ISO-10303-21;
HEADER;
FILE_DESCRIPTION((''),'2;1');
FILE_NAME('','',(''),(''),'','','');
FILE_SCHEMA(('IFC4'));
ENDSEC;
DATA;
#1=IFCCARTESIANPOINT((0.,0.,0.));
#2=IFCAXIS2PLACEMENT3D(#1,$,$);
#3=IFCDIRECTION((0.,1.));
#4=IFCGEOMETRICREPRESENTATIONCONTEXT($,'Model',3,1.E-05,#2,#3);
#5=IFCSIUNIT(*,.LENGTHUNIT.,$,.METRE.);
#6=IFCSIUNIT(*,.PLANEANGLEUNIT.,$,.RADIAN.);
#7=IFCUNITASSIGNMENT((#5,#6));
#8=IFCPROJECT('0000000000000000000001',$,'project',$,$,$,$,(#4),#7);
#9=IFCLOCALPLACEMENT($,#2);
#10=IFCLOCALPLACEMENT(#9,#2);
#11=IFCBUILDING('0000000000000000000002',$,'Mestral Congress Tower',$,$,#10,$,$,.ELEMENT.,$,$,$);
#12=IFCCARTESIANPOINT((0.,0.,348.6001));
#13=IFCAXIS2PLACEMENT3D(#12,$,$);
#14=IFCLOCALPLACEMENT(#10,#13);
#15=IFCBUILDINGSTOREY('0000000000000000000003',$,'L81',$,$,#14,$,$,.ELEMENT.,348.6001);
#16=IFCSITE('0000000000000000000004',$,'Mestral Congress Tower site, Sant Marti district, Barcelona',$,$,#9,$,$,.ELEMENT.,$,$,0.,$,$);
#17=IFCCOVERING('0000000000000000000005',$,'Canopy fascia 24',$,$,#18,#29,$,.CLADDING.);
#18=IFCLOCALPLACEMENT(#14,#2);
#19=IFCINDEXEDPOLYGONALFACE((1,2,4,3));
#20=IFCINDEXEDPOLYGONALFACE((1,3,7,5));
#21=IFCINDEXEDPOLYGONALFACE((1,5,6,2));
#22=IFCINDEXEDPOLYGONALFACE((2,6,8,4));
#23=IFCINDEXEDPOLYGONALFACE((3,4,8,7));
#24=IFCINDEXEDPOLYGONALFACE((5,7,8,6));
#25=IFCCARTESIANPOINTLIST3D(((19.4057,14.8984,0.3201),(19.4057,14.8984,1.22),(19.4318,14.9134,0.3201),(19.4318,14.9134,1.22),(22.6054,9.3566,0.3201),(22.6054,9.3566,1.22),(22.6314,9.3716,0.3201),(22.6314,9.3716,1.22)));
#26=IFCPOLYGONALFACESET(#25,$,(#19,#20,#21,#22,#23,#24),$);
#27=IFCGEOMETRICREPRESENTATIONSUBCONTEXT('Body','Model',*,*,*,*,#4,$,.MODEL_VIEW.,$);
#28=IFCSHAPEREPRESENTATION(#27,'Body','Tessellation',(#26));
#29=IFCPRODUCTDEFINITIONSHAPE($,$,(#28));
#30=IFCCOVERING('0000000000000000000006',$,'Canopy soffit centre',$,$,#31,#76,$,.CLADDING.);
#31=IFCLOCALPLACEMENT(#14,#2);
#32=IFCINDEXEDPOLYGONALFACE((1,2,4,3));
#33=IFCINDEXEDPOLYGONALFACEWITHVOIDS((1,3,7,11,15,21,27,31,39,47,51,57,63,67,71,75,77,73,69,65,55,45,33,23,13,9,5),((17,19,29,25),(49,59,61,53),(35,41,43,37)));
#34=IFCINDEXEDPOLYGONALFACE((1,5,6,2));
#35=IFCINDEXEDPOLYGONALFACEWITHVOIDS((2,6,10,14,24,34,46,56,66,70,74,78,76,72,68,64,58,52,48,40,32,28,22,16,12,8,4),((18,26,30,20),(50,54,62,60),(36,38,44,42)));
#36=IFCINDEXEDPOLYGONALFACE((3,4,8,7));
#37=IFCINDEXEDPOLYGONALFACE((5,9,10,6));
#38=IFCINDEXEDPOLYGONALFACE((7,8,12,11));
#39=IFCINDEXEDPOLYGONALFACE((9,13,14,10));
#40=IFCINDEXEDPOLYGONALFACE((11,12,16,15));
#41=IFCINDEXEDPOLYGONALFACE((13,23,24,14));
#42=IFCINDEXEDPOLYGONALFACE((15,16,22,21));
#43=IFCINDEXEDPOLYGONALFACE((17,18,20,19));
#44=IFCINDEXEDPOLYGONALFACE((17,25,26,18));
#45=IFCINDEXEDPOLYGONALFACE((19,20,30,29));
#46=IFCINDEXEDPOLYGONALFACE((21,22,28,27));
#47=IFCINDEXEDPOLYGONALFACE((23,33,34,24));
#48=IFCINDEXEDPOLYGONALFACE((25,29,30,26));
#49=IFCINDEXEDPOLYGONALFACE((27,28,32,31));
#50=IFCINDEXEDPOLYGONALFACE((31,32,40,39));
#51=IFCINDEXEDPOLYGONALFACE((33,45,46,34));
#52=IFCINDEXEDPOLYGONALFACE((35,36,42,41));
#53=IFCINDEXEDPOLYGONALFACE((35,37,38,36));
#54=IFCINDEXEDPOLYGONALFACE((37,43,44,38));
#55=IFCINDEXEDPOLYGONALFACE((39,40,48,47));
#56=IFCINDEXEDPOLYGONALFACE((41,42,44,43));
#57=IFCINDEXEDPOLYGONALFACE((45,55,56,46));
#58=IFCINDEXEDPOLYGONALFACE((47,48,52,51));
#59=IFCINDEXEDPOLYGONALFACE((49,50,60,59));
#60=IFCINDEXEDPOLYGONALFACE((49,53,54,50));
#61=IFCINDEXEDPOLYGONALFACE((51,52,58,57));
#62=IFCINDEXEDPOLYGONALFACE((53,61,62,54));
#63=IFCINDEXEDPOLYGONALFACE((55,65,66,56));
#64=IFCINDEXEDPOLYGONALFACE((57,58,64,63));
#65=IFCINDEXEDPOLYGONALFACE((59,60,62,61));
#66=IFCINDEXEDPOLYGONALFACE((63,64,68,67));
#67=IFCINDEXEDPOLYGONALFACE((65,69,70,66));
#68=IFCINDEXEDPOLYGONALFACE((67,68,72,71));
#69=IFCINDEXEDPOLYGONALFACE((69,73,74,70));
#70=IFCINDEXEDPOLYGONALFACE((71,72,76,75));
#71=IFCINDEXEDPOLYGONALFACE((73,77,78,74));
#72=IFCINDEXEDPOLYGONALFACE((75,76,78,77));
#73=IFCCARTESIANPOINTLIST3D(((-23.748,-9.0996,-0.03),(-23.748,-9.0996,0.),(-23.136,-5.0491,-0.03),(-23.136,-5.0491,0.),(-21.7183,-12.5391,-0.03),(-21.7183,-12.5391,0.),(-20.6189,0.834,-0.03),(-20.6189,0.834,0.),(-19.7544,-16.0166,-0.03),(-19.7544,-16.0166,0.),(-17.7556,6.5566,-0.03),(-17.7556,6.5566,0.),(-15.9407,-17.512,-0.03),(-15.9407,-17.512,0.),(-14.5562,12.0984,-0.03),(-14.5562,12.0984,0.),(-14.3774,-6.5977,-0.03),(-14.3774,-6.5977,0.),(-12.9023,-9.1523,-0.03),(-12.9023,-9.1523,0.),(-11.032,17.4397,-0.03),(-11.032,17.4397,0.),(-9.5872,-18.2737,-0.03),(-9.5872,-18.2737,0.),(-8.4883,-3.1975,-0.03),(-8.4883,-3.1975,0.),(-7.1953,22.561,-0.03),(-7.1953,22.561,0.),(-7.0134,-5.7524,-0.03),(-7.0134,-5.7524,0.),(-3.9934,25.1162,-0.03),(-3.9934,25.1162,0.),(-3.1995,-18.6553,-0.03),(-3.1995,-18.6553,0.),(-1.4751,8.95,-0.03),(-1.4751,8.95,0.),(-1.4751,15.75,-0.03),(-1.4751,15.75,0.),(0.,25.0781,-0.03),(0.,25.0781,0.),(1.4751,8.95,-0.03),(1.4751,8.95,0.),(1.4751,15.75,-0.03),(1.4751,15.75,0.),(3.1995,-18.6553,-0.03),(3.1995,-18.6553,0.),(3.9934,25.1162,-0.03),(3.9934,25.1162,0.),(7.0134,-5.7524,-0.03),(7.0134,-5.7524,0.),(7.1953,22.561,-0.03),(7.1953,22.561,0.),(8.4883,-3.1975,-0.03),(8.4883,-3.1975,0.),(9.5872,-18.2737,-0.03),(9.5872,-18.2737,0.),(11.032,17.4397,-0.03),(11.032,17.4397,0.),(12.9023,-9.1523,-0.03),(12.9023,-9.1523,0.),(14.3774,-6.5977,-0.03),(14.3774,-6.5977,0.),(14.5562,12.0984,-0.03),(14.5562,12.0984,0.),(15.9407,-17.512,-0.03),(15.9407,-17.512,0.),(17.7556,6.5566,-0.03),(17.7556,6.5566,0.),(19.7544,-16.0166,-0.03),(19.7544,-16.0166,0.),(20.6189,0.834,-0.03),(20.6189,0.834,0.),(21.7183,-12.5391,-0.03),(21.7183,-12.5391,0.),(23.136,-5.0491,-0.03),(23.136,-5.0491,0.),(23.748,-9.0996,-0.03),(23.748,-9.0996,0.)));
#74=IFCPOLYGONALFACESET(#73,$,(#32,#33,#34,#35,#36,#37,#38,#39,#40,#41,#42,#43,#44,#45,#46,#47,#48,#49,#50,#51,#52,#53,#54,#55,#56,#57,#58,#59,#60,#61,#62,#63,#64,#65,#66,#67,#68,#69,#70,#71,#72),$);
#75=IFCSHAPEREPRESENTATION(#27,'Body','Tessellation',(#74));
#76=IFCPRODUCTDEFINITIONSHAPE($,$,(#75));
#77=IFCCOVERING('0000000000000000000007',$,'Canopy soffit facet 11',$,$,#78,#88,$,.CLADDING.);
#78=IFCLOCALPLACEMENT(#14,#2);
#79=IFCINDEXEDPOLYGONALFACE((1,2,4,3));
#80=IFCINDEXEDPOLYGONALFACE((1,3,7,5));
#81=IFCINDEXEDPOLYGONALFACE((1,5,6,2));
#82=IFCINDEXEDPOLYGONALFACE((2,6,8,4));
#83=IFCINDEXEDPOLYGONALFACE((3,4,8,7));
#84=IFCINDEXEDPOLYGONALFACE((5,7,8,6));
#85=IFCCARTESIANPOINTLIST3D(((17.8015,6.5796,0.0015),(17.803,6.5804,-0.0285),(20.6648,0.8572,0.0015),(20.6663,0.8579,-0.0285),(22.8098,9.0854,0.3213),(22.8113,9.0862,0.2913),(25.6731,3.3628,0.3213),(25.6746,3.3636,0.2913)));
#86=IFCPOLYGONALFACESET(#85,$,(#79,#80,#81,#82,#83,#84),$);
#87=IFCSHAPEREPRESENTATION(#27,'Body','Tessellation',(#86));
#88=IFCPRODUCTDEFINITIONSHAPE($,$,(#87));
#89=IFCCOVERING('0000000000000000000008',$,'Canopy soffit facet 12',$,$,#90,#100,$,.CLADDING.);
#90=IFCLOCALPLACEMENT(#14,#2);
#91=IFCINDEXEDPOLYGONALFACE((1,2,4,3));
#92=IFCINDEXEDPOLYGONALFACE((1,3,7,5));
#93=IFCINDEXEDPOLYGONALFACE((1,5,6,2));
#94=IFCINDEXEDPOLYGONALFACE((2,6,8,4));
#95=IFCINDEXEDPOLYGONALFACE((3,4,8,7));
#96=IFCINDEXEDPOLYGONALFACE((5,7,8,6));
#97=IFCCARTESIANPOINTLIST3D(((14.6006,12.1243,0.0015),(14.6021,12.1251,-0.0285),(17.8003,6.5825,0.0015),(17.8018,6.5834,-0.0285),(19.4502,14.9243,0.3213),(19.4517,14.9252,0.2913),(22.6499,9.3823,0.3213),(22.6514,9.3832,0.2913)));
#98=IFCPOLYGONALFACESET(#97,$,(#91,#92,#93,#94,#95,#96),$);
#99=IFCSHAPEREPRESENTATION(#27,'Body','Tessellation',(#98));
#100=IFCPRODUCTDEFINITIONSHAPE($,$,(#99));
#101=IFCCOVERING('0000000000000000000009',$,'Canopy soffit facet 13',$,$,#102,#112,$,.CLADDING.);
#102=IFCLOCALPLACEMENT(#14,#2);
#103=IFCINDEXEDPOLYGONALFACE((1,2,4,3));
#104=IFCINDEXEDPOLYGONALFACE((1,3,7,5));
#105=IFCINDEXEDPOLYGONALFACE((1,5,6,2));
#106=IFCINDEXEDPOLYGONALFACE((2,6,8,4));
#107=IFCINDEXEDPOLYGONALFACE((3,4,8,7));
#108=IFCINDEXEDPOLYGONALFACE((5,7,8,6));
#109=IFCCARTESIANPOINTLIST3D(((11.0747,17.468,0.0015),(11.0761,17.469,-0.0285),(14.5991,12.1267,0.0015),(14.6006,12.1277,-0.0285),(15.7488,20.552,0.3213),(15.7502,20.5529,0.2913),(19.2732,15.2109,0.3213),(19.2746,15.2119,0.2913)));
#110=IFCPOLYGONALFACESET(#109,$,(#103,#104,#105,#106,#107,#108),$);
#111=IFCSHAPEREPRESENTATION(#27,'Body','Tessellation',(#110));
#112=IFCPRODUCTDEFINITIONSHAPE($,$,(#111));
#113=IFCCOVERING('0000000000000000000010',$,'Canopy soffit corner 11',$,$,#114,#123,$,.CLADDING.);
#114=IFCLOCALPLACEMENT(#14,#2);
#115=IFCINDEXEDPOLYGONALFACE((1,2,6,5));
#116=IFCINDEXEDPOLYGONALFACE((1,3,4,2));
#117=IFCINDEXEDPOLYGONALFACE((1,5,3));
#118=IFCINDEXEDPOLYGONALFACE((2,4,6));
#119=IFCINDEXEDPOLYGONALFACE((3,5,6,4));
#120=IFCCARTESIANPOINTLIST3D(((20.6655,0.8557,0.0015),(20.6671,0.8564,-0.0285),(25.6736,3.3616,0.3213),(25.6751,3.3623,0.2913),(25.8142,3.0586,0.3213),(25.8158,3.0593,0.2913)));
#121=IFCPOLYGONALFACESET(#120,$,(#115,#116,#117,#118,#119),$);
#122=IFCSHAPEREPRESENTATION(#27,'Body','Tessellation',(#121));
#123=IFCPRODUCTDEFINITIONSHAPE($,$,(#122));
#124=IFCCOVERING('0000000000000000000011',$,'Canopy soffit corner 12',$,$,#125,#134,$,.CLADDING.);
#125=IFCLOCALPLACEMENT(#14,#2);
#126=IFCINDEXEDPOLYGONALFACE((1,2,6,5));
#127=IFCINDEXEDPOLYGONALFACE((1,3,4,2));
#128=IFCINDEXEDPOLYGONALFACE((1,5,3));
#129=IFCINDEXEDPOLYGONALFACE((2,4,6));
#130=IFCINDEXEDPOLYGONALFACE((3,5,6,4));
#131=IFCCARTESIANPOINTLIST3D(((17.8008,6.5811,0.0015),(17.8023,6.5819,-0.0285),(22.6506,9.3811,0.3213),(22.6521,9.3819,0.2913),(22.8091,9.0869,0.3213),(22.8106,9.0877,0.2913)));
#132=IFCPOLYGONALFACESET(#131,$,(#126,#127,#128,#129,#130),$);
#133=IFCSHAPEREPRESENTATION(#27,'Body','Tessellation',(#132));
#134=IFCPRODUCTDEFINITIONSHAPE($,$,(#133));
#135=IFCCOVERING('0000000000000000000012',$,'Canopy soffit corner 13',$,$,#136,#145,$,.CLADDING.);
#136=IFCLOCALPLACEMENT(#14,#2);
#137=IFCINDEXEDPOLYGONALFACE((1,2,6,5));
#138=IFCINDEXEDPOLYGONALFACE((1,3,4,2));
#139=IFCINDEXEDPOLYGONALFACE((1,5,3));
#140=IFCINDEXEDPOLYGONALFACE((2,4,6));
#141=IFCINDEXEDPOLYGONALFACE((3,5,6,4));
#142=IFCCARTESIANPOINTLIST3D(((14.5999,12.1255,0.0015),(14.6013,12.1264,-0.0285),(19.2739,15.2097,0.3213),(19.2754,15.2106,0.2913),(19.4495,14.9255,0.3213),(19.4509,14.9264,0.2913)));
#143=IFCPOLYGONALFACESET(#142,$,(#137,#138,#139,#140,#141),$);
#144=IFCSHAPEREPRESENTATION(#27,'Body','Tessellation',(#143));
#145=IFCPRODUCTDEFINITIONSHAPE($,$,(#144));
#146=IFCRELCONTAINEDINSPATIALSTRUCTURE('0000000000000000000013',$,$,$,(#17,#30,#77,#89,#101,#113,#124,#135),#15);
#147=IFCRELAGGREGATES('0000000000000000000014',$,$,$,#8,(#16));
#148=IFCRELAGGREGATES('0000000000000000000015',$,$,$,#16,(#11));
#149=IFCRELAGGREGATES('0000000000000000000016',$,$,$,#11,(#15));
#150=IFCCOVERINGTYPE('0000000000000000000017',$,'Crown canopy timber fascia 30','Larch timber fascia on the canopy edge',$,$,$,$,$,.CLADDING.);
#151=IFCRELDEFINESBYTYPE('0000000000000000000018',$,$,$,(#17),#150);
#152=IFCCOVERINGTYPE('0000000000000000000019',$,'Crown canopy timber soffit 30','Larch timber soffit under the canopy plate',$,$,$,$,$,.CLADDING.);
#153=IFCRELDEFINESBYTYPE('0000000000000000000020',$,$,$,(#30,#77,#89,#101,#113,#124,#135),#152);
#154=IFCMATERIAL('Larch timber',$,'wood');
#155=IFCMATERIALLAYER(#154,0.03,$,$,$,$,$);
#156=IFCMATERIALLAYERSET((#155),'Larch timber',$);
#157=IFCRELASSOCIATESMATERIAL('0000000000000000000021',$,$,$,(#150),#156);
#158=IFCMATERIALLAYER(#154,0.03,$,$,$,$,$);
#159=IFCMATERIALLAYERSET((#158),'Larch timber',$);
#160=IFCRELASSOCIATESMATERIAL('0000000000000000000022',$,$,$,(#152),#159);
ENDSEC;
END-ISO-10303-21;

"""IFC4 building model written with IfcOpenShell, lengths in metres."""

from ifc_helpers import new_model, si_unit, direction, frame, origin, origin_2d, place, context, subcontext, project, spatial, polyline, rectangle, outline, extrude, material, layer, layer_set, type_object, element, save


model = new_model("IFC4")

# Units and contexts
model_context = context("Model", 3, precision=1e-05, world=origin(), true_north=direction((0.0, 1.0)))
body_context = subcontext(model_context, "Body", "Model", "MODEL_VIEW")
ifc_project = project(units=[si_unit("LENGTHUNIT", "METRE"), si_unit("PLANEANGLEUNIT", "RADIAN")], contexts=[model_context])

# Site, building, storey
site_placement = place(None, origin())
site = spatial("IfcSite", under=ifc_project, at=site_placement, Name="Mestral Congress Tower site, Sant Marti district, Barcelona", CompositionType="ELEMENT", RefElevation=0.0)
building_placement = place(site_placement, origin())
building = spatial("IfcBuilding", under=site, at=building_placement, Name="Mestral Congress Tower", CompositionType="ELEMENT")
storey_placement = place(building_placement, frame((0.0, 0.0, 348.6001)))
storey = spatial("IfcBuildingStorey", under=building, at=storey_placement, Name="L81", CompositionType="ELEMENT", Elevation=348.6001)

# Coverings
ifc_material_1 = material(Name="Larch timber", Category="wood")
ifc_layer_1 = layer(ifc_material_1, 0.03)
ifc_layer_set_1 = layer_set([ifc_layer_1], Name="Larch timber")
covering_type_1 = type_object("IfcCoveringType", Name="Crown canopy timber fascia 30", Description="Larch timber fascia on the canopy edge", PredefinedType="CLADDING", material=ifc_layer_set_1)
covering_1_placement = place(storey_placement, frame((21.0186, 12.135, 0.3201), z_axis=(0.0, 0.0, 1.0), x_axis=(-0.500005, 0.866023, 0.0)))
element("IfcCovering", 1, at=covering_1_placement, inside=storey, type_object=covering_type_1, Name="Canopy fascia 24", PredefinedType="CLADDING", context=body_context, shape_type="SweptSolid", body=[
    extrude(rectangle(XDim=6.3992, YDim=0.03, at=origin_2d()), origin(), (0.0, 0.0, 1.0), 0.8999),
])
ifc_layer_2 = layer(ifc_material_1, 0.03)
ifc_layer_set_2 = layer_set([ifc_layer_2], Name="Larch timber")
covering_type_2 = type_object("IfcCoveringType", Name="Crown canopy timber soffit 30", Description="Larch timber soffit under the canopy plate", PredefinedType="CLADDING", material=ifc_layer_set_2)
covering_2_placement = place(storey_placement, frame((0.0, 0.0, -0.03)))
element("IfcCovering", 2, at=covering_2_placement, inside=storey, type_object=covering_type_2, Name="Canopy soffit centre", PredefinedType="CLADDING", context=body_context, shape_type="SweptSolid", body=[
    extrude(outline(polyline([(-15.9407, -17.512), (-9.5872, -18.2737), (-3.1995, -18.6553), (3.1995, -18.6553), (9.5872, -18.2737), (15.9407, -17.512), (19.7544, -16.0166), (21.7183, -12.5391), (23.748, -9.0996), (23.136, -5.0491), (20.6189, 0.834), (17.7556, 6.5566), (14.5562, 12.0984), (11.032, 17.4397), (7.1953, 22.561), (3.9934, 25.1162), (0.0, 25.0781), (-3.9934, 25.1162), (-7.1953, 22.561), (-11.032, 17.4397), (-14.5562, 12.0984), (-17.7556, 6.5566), (-20.6189, 0.834), (-23.136, -5.0491), (-23.748, -9.0996), (-21.7183, -12.5391), (-19.7544, -16.0166), (-15.9407, -17.512)]), holes=[polyline([(7.0134, -5.7524), (12.9023, -9.1523), (14.3774, -6.5977), (8.4883, -3.1975), (7.0134, -5.7524)]), polyline([(1.4751, 8.95), (1.4751, 15.75), (-1.4751, 15.75), (-1.4751, 8.95), (1.4751, 8.95)]), polyline([(-8.4883, -3.1975), (-14.3774, -6.5977), (-12.9023, -9.1523), (-7.0134, -5.7524), (-8.4883, -3.1975)])]), origin(), (0.0, 0.0, 1.0), 0.03),
])
covering_3_placement = place(storey_placement, frame((20.6648, 0.8572, 0.0015), z_axis=(-0.05099, -0.025513, 0.998373), x_axis=(-0.447473, 0.894297, 0.0)))
element("IfcCovering", 3, at=covering_3_placement, inside=storey, type_object=covering_type_2, Name="Canopy soffit facet 11", PredefinedType="CLADDING", context=body_context, shape_type="SweptSolid", body=[
    extrude(outline(polyline([(0.0, 0.0), (6.3988, 0.0), (6.3987, -5.6093), (-0.0003, -5.6092), (0.0, 0.0)])), origin(), (0.0, 0.0, -1.0), 0.03),
])
covering_4_placement = place(storey_placement, frame((17.8003, 6.5825, 0.0015), z_axis=(-0.04938, -0.028511, 0.998373), x_axis=(-0.500021, 0.866013, -0.000001)))
element("IfcCovering", 4, at=covering_4_placement, inside=storey, type_object=covering_type_2, Name="Canopy soffit facet 12", PredefinedType="CLADDING", context=body_context, shape_type="SweptSolid", body=[
    extrude(outline(polyline([(0.0, 0.0), (6.3991, 0.0), (6.3991, -5.609), (-0.0002, -5.6089), (0.0, 0.0)])), origin(), (0.0, 0.0, -1.0), 0.03),
])
covering_5_placement = place(storey_placement, frame((14.5991, 12.1267, 0.0015), z_axis=(-0.047592, -0.031404, 0.998373), x_axis=(-0.55075, 0.83467, 0.000001)))
element("IfcCovering", 5, at=covering_5_placement, inside=storey, type_object=covering_type_2, Name="Canopy soffit facet 13", PredefinedType="CLADDING", context=body_context, shape_type="SweptSolid", body=[
    extrude(outline(polyline([(0.0, 0.0), (6.3993, 0.0), (6.3992, -5.6089), (0.0001, -5.6091), (0.0, 0.0)])), origin(), (0.0, 0.0, -1.0), 0.03),
])
covering_6_placement = place(storey_placement, frame((20.6655, 0.8557, 0.0015), z_axis=(-0.051741, -0.024015, 0.998372), x_axis=(0.917888, 0.392722, 0.057017)))
element("IfcCovering", 6, at=covering_6_placement, inside=storey, type_object=covering_type_2, Name="Canopy soffit corner 11", PredefinedType="CLADDING", context=body_context, shape_type="SweptSolid", body=[
    extrude(outline(polyline([(0.0, 0.0), (5.6093, 0.0), (5.5992, 0.3339), (0.0, 0.0)])), origin(), (0.0, 0.0, -1.0), 0.03),
])
covering_7_placement = place(storey_placement, frame((17.8008, 6.5811, 0.0015), z_axis=(-0.050221, -0.027049, 0.998372), x_axis=(0.89285, 0.44673, 0.057016)))
element("IfcCovering", 7, at=covering_7_placement, inside=storey, type_object=covering_type_2, Name="Canopy soffit corner 12", PredefinedType="CLADDING", context=body_context, shape_type="SweptSolid", body=[
    extrude(outline(polyline([(0.0, 0.0), (5.6093, 0.0), (5.5993, 0.334), (0.0, 0.0)])), origin(), (0.0, 0.0, -1.0), 0.03),
])
covering_8_placement = place(storey_placement, frame((14.5999, 12.1255, 0.0015), z_axis=(-0.048532, -0.029978, 0.998372), x_axis=(0.864607, 0.499203, 0.057019)))
element("IfcCovering", 8, at=covering_8_placement, inside=storey, type_object=covering_type_2, Name="Canopy soffit corner 13", PredefinedType="CLADDING", context=body_context, shape_type="SweptSolid", body=[
    extrude(outline(polyline([(0.0, 0.0), (5.609, 0.0), (5.5991, 0.3339), (0.0, 0.0)])), origin(), (0.0, 0.0, -1.0), 0.03),
])

save(model, "model.ifc")
